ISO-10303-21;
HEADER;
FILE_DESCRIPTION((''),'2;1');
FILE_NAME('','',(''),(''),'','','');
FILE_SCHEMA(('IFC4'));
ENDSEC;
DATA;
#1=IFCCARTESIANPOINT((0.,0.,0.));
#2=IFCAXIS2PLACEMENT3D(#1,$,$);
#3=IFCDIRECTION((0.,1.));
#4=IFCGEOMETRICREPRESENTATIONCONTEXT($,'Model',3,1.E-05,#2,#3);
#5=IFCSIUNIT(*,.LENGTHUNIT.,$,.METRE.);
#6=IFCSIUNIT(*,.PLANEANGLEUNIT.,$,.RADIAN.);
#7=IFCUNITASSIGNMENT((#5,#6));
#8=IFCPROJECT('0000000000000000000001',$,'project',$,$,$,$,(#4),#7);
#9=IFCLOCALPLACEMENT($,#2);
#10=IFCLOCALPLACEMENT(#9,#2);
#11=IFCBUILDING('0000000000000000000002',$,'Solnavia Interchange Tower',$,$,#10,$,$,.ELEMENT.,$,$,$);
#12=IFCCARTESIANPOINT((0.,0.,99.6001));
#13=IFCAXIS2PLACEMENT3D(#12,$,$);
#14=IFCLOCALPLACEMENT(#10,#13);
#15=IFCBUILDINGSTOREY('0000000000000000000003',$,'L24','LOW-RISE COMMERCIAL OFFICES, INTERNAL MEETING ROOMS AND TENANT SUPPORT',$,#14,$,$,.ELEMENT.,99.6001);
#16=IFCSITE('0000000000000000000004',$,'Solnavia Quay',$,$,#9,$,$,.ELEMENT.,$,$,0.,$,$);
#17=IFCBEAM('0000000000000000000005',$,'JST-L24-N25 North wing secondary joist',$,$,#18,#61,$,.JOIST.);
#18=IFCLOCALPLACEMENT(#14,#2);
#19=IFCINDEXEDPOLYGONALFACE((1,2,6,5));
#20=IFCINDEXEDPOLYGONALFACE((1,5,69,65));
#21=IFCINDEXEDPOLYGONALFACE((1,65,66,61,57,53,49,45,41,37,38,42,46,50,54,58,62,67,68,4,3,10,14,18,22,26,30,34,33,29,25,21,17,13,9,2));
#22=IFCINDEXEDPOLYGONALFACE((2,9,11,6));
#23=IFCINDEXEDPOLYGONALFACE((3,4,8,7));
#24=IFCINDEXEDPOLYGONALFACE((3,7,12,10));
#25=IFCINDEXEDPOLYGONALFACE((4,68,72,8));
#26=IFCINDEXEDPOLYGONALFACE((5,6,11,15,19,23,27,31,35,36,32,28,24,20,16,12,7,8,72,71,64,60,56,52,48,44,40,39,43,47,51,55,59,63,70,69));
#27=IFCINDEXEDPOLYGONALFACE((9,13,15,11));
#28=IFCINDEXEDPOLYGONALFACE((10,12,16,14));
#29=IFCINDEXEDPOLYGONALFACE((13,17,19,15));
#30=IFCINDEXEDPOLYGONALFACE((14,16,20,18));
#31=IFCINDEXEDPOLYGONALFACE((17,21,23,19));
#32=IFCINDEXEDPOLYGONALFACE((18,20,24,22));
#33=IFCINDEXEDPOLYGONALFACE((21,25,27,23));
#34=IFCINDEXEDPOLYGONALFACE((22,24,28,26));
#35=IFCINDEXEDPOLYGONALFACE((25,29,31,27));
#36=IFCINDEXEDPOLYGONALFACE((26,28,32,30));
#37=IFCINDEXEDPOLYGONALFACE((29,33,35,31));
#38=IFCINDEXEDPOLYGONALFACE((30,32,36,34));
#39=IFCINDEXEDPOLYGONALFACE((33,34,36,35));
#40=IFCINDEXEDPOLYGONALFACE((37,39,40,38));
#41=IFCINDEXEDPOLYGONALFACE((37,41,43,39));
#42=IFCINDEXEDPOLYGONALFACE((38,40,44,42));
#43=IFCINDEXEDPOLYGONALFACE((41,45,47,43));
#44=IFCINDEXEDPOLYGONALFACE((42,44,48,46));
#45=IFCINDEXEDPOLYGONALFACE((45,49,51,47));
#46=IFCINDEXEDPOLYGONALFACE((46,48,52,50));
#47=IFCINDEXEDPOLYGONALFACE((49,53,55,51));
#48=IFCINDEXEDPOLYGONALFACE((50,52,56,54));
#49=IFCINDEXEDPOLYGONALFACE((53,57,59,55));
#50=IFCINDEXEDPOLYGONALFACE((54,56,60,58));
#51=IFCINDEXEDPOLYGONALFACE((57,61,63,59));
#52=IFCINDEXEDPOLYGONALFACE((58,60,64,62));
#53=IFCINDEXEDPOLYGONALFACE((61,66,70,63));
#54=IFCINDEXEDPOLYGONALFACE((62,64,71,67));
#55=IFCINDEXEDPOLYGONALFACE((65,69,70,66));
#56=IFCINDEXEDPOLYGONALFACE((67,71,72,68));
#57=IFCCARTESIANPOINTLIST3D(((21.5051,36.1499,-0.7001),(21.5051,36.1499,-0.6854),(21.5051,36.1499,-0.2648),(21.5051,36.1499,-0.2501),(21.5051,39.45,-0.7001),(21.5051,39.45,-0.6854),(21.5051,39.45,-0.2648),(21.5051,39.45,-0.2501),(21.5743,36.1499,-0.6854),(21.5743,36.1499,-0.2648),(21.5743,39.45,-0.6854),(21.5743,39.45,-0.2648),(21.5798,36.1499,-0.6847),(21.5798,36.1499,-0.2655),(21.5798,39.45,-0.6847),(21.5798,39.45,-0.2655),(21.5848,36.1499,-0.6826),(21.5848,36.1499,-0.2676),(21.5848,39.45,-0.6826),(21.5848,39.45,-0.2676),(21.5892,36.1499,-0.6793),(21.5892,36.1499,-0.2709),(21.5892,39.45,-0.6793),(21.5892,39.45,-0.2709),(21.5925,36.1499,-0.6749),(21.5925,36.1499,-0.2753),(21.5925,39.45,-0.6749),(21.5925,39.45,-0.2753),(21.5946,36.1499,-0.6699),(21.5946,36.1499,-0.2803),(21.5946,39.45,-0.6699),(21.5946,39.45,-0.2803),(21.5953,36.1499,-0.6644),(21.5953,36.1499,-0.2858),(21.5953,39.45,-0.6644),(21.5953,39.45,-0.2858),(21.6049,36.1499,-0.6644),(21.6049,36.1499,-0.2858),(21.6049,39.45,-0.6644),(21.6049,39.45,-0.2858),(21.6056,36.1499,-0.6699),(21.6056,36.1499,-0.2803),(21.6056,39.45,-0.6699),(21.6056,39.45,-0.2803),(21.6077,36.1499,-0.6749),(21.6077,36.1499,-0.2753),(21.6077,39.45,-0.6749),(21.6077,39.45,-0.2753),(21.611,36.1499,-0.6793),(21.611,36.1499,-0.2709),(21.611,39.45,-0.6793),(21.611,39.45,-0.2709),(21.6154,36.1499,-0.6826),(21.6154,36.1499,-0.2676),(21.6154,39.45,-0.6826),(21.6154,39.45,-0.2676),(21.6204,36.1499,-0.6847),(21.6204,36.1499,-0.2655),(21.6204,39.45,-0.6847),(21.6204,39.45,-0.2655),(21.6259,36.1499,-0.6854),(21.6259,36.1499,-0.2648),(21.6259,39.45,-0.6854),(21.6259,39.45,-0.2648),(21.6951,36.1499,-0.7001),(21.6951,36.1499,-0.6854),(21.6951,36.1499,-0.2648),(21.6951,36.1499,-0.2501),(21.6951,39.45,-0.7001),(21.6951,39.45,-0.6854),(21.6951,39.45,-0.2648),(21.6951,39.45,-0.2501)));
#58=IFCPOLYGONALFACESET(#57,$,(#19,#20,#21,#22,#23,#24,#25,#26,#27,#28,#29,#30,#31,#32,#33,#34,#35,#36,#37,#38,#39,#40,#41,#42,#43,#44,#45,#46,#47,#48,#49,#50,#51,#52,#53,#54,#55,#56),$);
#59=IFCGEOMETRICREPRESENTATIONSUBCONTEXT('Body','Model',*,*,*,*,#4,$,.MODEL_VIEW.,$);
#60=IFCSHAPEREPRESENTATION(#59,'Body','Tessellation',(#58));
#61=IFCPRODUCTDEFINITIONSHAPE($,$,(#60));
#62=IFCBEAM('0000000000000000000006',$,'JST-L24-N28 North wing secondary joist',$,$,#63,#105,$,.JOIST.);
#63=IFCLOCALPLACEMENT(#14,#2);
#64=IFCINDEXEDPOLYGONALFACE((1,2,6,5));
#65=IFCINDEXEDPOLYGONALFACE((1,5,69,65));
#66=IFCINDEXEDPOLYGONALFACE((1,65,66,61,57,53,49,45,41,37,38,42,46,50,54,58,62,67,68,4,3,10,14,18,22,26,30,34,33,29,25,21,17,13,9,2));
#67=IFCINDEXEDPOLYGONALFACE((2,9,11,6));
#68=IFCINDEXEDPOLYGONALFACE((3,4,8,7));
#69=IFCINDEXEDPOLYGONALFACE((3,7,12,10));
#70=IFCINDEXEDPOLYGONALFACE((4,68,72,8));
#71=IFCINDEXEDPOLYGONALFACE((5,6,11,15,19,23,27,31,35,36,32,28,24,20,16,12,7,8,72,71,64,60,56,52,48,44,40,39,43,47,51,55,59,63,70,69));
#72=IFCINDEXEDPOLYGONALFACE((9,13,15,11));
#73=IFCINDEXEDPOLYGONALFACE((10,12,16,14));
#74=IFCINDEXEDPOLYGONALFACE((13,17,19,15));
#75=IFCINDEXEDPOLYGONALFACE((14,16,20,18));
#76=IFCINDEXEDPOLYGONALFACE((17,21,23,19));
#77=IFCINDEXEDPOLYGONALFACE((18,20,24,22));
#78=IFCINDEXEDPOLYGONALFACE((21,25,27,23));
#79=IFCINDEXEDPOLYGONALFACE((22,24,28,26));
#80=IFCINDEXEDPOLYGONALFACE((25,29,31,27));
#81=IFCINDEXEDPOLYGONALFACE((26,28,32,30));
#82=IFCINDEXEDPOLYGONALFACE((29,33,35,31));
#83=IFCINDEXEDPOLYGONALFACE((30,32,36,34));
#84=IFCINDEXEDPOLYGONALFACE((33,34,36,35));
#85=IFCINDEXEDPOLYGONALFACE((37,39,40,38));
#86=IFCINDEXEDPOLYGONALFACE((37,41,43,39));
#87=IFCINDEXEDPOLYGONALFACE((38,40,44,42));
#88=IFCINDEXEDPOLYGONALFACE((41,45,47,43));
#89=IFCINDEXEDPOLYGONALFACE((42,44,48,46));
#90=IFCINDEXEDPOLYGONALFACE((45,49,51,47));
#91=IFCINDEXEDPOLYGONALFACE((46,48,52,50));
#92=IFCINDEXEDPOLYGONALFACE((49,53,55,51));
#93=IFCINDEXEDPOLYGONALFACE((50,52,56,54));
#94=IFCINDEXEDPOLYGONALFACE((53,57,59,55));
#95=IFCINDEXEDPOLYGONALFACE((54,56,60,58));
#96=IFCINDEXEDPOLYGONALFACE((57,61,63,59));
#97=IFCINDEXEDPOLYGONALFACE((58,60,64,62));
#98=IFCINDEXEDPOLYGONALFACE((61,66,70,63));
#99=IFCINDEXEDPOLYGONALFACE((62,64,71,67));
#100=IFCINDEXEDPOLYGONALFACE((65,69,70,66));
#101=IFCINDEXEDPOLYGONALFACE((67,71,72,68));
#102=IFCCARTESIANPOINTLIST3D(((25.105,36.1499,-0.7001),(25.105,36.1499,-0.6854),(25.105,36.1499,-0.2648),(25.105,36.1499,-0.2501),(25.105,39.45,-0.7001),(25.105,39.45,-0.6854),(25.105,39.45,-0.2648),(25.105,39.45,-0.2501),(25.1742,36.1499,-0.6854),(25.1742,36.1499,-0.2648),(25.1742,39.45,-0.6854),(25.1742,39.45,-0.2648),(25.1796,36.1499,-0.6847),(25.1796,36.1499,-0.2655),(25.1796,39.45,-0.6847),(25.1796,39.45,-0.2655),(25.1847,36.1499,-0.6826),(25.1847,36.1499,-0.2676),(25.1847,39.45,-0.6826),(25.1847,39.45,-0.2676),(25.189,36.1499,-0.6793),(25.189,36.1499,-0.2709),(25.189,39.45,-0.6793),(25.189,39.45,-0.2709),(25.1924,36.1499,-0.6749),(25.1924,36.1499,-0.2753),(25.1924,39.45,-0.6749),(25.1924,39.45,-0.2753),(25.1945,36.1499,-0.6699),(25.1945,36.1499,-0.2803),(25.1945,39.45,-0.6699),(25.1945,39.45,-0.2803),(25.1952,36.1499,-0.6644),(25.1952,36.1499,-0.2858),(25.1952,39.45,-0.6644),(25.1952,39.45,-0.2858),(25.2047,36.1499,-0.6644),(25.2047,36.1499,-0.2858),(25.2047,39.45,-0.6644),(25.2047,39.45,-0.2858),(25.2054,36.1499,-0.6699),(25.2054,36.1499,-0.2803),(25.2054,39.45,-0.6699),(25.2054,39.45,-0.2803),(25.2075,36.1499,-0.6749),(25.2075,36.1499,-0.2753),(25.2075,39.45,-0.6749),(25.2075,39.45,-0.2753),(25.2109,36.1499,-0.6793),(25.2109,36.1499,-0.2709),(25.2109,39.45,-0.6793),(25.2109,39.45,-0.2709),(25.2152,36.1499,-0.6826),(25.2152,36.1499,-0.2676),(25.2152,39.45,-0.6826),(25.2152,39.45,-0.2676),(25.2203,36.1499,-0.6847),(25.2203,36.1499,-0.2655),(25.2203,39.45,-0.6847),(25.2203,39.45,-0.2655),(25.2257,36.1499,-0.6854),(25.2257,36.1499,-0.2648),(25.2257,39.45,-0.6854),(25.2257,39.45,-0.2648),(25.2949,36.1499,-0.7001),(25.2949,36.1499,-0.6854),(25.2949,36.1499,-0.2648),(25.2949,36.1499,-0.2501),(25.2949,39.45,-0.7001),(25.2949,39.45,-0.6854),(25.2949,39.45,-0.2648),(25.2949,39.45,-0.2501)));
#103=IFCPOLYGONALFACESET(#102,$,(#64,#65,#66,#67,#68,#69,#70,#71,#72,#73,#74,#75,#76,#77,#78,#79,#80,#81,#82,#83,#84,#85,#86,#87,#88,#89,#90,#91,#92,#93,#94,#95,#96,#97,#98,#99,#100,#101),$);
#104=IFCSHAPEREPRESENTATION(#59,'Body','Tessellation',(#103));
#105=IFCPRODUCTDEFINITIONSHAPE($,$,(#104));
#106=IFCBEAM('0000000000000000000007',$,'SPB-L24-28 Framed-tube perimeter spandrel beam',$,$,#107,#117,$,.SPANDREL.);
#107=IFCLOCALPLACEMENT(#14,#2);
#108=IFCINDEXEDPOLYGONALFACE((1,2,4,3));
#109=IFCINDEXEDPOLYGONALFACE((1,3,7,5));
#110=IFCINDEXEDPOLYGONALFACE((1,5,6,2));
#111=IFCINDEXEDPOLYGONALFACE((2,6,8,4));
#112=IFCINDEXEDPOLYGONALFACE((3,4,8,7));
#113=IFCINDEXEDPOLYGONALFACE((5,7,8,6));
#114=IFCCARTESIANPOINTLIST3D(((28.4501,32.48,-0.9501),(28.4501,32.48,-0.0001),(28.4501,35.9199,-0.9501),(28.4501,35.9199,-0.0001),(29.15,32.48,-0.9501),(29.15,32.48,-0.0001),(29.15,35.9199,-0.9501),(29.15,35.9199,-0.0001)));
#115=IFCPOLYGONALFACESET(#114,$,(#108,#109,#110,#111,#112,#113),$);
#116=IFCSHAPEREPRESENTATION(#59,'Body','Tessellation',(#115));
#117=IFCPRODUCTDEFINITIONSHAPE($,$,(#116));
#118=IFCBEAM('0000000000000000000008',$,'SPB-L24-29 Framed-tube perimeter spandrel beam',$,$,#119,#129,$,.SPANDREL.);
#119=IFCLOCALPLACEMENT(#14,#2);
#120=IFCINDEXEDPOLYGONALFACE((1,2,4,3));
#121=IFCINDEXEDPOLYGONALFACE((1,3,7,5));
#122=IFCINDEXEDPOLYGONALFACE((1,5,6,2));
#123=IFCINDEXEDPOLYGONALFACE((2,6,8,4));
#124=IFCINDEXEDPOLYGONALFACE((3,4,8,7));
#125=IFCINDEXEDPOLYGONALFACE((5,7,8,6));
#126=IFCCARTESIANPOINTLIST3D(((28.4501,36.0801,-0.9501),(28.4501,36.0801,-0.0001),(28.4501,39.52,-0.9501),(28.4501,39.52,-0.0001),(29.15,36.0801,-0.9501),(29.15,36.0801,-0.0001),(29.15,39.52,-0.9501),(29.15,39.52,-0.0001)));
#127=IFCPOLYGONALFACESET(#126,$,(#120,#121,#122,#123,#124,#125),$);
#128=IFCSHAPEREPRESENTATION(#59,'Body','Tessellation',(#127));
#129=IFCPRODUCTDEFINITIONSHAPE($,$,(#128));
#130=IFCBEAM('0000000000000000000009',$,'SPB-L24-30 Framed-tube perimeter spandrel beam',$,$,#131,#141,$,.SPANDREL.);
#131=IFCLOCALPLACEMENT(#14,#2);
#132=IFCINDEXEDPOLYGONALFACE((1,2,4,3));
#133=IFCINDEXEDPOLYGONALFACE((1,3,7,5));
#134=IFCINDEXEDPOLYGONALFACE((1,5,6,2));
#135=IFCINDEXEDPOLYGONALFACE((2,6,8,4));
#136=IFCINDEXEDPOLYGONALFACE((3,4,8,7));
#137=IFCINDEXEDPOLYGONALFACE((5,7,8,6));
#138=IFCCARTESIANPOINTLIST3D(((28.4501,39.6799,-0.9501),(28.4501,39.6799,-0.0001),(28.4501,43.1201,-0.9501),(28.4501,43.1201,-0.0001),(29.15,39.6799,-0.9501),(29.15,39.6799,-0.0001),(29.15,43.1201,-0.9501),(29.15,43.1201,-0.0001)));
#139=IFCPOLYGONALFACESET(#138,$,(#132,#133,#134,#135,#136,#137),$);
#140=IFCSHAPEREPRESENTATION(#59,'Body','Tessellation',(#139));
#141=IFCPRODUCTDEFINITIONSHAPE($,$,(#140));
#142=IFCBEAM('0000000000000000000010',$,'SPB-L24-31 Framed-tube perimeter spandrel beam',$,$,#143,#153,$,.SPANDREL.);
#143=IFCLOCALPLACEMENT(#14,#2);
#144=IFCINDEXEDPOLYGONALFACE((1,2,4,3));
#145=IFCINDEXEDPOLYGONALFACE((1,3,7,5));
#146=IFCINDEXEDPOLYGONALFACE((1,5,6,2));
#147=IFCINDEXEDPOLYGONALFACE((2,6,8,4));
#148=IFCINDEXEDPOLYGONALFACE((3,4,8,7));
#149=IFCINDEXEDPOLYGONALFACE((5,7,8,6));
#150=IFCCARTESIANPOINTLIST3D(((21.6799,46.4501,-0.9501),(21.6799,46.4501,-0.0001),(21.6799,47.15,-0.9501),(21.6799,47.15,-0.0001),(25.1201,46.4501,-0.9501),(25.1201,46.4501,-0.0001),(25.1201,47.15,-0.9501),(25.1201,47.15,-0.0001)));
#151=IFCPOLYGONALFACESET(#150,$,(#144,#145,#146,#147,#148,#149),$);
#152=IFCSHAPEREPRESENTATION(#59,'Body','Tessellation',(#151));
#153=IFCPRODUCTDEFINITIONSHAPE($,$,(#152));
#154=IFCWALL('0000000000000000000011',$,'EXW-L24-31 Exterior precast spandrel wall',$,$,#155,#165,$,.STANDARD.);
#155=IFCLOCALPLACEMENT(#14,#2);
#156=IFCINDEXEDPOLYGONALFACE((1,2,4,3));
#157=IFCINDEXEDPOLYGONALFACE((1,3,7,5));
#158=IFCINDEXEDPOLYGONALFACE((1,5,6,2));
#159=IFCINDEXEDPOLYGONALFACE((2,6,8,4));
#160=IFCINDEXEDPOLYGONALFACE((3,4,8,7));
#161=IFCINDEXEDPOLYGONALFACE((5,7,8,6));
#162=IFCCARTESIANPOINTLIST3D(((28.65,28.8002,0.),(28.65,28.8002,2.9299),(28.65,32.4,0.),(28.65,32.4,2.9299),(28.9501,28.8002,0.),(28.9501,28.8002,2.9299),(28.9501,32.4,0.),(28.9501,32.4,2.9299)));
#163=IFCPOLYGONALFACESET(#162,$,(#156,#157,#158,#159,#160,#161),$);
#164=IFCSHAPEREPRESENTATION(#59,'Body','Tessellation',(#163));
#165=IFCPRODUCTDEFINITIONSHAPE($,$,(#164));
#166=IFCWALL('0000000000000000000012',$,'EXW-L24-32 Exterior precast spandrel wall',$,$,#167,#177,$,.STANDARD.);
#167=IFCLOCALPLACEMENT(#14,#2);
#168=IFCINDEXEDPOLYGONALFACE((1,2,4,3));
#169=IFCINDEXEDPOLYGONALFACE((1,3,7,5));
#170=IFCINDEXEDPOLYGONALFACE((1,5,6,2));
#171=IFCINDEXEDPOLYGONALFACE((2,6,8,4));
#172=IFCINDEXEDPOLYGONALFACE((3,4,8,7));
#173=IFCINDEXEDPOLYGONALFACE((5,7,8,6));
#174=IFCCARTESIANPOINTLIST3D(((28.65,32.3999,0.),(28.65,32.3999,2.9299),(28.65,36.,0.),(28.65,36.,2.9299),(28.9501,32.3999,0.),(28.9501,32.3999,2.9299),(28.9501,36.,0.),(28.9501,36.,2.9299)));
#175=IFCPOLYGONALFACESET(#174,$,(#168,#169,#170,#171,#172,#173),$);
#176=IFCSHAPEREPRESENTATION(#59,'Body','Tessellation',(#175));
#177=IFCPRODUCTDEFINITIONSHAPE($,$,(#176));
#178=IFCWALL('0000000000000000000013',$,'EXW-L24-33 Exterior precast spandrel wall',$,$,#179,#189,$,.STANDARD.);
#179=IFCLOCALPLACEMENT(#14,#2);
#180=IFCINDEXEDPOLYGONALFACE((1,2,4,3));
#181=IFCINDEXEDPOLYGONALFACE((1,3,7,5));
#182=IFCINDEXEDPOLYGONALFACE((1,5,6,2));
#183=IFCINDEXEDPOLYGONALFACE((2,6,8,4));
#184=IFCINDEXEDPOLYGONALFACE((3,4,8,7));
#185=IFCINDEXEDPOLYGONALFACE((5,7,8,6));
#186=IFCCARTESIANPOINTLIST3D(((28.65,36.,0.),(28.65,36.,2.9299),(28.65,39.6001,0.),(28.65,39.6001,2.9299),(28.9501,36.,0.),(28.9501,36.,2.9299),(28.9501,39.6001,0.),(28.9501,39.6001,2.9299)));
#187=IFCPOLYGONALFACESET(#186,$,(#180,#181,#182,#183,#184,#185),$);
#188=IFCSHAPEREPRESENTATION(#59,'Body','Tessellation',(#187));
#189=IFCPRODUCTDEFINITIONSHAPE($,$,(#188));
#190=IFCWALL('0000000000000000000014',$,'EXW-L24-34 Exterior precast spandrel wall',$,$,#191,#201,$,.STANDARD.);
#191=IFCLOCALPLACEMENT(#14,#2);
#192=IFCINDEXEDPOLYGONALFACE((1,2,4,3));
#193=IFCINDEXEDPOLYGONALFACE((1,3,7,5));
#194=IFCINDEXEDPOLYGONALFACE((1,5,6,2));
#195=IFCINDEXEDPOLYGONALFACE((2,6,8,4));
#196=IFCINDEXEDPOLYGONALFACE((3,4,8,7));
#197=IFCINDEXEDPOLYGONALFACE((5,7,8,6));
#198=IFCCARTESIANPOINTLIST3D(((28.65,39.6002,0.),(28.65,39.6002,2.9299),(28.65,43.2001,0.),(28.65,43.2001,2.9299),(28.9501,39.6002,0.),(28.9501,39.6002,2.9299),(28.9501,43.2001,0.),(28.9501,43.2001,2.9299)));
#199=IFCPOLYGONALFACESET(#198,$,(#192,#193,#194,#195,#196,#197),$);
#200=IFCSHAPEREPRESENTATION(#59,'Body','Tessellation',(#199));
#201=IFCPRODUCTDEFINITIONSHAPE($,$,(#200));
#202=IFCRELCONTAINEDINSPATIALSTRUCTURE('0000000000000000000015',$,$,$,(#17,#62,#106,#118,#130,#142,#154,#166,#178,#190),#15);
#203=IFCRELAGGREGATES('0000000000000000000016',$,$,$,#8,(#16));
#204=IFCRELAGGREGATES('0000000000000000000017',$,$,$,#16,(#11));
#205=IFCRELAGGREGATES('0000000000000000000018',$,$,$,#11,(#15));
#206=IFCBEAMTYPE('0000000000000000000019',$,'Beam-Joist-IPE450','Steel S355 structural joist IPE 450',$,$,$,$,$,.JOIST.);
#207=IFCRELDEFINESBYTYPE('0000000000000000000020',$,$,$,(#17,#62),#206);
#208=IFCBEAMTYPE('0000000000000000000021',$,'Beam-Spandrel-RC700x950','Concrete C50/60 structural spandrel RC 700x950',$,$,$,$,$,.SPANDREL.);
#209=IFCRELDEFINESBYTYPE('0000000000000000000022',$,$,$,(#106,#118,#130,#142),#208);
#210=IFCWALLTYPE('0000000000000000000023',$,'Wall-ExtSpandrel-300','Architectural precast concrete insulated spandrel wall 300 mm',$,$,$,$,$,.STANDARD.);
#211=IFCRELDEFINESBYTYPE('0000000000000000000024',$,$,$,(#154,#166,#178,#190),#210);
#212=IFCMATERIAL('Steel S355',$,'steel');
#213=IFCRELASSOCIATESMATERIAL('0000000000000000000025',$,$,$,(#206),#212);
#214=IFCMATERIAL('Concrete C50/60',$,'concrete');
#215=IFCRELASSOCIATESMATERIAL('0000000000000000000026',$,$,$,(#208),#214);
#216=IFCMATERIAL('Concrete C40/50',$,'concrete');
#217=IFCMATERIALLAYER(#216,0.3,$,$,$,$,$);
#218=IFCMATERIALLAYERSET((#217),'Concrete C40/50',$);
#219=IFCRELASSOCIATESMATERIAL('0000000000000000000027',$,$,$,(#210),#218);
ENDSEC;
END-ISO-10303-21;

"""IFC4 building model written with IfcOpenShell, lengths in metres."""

from ifc_helpers import new_model, si_unit, direction, frame, frame_2d, origin, origin_2d, place, context, subcontext, project, spatial, rectangle, i_section, extrude, material, layer, layer_set, material_profile, profile_set, type_object, element, save


model = new_model("IFC4")

# Units and contexts
model_context = context("Model", 3, precision=1e-05, world=origin(), true_north=direction((0.0, 1.0)))
body_context = subcontext(model_context, "Body", "Model", "MODEL_VIEW")
ifc_project = project(units=[si_unit("LENGTHUNIT", "METRE"), si_unit("PLANEANGLEUNIT", "RADIAN")], contexts=[model_context])

# Site, building, storey
site_placement = place(None, origin())
site = spatial("IfcSite", under=ifc_project, at=site_placement, Name="Solnavia Quay", CompositionType="ELEMENT", RefElevation=0.0)
building_placement = place(site_placement, origin())
building = spatial("IfcBuilding", under=site, at=building_placement, Name="Solnavia Interchange Tower", CompositionType="ELEMENT")
storey_placement = place(building_placement, frame((0.0, 0.0, 99.6001)))
storey = spatial("IfcBuildingStorey", under=building, at=storey_placement, Name="L24", Description="LOW-RISE COMMERCIAL OFFICES, INTERNAL MEETING ROOMS AND TENANT SUPPORT", CompositionType="ELEMENT", Elevation=99.6001)

# Shared definitions
ifc_material_1 = material(Name="Concrete C50/60", Category="concrete")

# Beams
ifc_material_2 = material(Name="Steel S355", Category="steel")
ifc_material_profile_1 = material_profile(ifc_material_2, i_section(OverallWidth=0.1899, OverallDepth=0.45, WebThickness=0.0095, FlangeThickness=0.0146, FilletRadius=0.021, at=origin_2d()), Name="IPE 450")
ifc_profile_set_1 = profile_set([ifc_material_profile_1], Name="Steel S355")
beam_type_1 = type_object("IfcBeamType", Name="Beam-Joist-IPE450", Description="Steel S355 structural joist IPE 450", PredefinedType="JOIST", material=ifc_profile_set_1)
for number, where, z_axis, x_axis, name in (
    (1, (21.6001, 36.1499, -0.4751), (0.0, 1.0, 0.0), (-1.0, 0.0, 0.0), "JST-L24-N25 North wing secondary joist"),
    (2, (25.2, 36.1499, -0.4751), (0.0, 1.0, 0.0), (-1.0, 0.0, 0.0), "JST-L24-N28 North wing secondary joist"),
):
    element("IfcBeam", number, at=place(storey_placement, frame(where, z_axis=z_axis, x_axis=x_axis)), inside=storey, type_object=beam_type_1, Name=name, PredefinedType="JOIST", context=body_context, shape_type="SweptSolid", body=[
        extrude(i_section(OverallWidth=0.1899, OverallDepth=0.45, WebThickness=0.0095, FlangeThickness=0.0146, FilletRadius=0.021, at=origin_2d()), origin(), (0.0, 0.0, 1.0), 3.3),
    ])
ifc_material_profile_2 = material_profile(ifc_material_1, rectangle(XDim=0.7, YDim=0.95, at=origin_2d()), Name="RC 700x950")
ifc_profile_set_2 = profile_set([ifc_material_profile_2], Name="Concrete C50/60")
beam_type_2 = type_object("IfcBeamType", Name="Beam-Spandrel-RC700x950", Description="Concrete C50/60 structural spandrel RC 700x950", PredefinedType="SPANDREL", material=ifc_profile_set_2)
for number, where, z_axis, x_axis, name in (
    (3, (28.8, 32.48, -0.4751), (0.0, 1.0, 0.0), (-1.0, 0.0, 0.0), "SPB-L24-28 Framed-tube perimeter spandrel beam"),
    (4, (28.8, 36.0801, -0.4751), (0.0, 1.0, 0.0), (-1.0, 0.0, 0.0), "SPB-L24-29 Framed-tube perimeter spandrel beam"),
):
    element("IfcBeam", number, at=place(storey_placement, frame(where, z_axis=z_axis, x_axis=x_axis)), inside=storey, type_object=beam_type_2, Name=name, PredefinedType="SPANDREL", context=body_context, shape_type="SweptSolid", body=[
        extrude(rectangle(XDim=0.7, YDim=0.95, at=origin_2d()), origin(), (0.0, 0.0, 1.0), 3.4399),
    ])
for number, where, z_axis, x_axis, name in (
    (5, (28.8, 39.6799, -0.4751), (0.0, 1.0, 0.0), (-1.0, 0.0, 0.0), "SPB-L24-30 Framed-tube perimeter spandrel beam"),
    (6, (25.1201, 46.8, -0.4751), (-1.0, 0.0, 0.0), (0.0, -1.0, 0.0), "SPB-L24-31 Framed-tube perimeter spandrel beam"),
):
    element("IfcBeam", number, at=place(storey_placement, frame(where, z_axis=z_axis, x_axis=x_axis)), inside=storey, type_object=beam_type_2, Name=name, PredefinedType="SPANDREL", context=body_context, shape_type="SweptSolid", body=[
        extrude(rectangle(XDim=0.7, YDim=0.95, at=origin_2d()), origin(), (0.0, 0.0, 1.0), 3.4402),
    ])

# Walls
ifc_material_3 = material(Name="Concrete C40/50", Category="concrete")
ifc_layer = layer(ifc_material_3, 0.3)
ifc_layer_set = layer_set([ifc_layer], Name="Concrete C40/50")
wall_type = type_object("IfcWallType", Name="Wall-ExtSpandrel-300", Description="Architectural precast concrete insulated spandrel wall 300 mm", PredefinedType="STANDARD", material=ifc_layer_set)
wall_1_placement = place(storey_placement, frame((28.8, 32.3999, 0.0), z_axis=(0.0, 0.0, 1.0), x_axis=(0.0, -1.0, 0.0)))
element("IfcWall", 7, at=wall_1_placement, inside=storey, type_object=wall_type, Name="EXW-L24-31 Exterior precast spandrel wall", PredefinedType="STANDARD", context=body_context, shape_type="SweptSolid", body=[
    extrude(rectangle(XDim=3.5999, YDim=0.3, at=frame_2d((1.7998, 0.0))), origin(), (0.0, 0.0, 1.0), 2.9299),
])
for number, where, z_axis, x_axis, name in (
    (8, (28.8, 36.0, 0.0), (0.0, 0.0, 1.0), (0.0, -1.0, 0.0), "EXW-L24-32 Exterior precast spandrel wall"),
    (9, (28.8, 39.6001, 0.0), (0.0, 0.0, 1.0), (0.0, -1.0, 0.0), "EXW-L24-33 Exterior precast spandrel wall"),
):
    element("IfcWall", number, at=place(storey_placement, frame(where, z_axis=z_axis, x_axis=x_axis)), inside=storey, type_object=wall_type, Name=name, PredefinedType="STANDARD", context=body_context, shape_type="SweptSolid", body=[
        extrude(rectangle(XDim=3.6001, YDim=0.3, at=frame_2d((1.8, 0.0))), origin(), (0.0, 0.0, 1.0), 2.9299),
    ])
wall_2_placement = place(storey_placement, frame((28.8, 43.2, 0.0), z_axis=(0.0, 0.0, 1.0), x_axis=(0.0, -1.0, 0.0)))
element("IfcWall", 10, at=wall_2_placement, inside=storey, type_object=wall_type, Name="EXW-L24-34 Exterior precast spandrel wall", PredefinedType="STANDARD", context=body_context, shape_type="SweptSolid", body=[
    extrude(rectangle(XDim=3.5999, YDim=0.3, at=frame_2d((1.7998, 0.0))), origin(), (0.0, 0.0, 1.0), 2.9299),
])

save(model, "model.ifc")
